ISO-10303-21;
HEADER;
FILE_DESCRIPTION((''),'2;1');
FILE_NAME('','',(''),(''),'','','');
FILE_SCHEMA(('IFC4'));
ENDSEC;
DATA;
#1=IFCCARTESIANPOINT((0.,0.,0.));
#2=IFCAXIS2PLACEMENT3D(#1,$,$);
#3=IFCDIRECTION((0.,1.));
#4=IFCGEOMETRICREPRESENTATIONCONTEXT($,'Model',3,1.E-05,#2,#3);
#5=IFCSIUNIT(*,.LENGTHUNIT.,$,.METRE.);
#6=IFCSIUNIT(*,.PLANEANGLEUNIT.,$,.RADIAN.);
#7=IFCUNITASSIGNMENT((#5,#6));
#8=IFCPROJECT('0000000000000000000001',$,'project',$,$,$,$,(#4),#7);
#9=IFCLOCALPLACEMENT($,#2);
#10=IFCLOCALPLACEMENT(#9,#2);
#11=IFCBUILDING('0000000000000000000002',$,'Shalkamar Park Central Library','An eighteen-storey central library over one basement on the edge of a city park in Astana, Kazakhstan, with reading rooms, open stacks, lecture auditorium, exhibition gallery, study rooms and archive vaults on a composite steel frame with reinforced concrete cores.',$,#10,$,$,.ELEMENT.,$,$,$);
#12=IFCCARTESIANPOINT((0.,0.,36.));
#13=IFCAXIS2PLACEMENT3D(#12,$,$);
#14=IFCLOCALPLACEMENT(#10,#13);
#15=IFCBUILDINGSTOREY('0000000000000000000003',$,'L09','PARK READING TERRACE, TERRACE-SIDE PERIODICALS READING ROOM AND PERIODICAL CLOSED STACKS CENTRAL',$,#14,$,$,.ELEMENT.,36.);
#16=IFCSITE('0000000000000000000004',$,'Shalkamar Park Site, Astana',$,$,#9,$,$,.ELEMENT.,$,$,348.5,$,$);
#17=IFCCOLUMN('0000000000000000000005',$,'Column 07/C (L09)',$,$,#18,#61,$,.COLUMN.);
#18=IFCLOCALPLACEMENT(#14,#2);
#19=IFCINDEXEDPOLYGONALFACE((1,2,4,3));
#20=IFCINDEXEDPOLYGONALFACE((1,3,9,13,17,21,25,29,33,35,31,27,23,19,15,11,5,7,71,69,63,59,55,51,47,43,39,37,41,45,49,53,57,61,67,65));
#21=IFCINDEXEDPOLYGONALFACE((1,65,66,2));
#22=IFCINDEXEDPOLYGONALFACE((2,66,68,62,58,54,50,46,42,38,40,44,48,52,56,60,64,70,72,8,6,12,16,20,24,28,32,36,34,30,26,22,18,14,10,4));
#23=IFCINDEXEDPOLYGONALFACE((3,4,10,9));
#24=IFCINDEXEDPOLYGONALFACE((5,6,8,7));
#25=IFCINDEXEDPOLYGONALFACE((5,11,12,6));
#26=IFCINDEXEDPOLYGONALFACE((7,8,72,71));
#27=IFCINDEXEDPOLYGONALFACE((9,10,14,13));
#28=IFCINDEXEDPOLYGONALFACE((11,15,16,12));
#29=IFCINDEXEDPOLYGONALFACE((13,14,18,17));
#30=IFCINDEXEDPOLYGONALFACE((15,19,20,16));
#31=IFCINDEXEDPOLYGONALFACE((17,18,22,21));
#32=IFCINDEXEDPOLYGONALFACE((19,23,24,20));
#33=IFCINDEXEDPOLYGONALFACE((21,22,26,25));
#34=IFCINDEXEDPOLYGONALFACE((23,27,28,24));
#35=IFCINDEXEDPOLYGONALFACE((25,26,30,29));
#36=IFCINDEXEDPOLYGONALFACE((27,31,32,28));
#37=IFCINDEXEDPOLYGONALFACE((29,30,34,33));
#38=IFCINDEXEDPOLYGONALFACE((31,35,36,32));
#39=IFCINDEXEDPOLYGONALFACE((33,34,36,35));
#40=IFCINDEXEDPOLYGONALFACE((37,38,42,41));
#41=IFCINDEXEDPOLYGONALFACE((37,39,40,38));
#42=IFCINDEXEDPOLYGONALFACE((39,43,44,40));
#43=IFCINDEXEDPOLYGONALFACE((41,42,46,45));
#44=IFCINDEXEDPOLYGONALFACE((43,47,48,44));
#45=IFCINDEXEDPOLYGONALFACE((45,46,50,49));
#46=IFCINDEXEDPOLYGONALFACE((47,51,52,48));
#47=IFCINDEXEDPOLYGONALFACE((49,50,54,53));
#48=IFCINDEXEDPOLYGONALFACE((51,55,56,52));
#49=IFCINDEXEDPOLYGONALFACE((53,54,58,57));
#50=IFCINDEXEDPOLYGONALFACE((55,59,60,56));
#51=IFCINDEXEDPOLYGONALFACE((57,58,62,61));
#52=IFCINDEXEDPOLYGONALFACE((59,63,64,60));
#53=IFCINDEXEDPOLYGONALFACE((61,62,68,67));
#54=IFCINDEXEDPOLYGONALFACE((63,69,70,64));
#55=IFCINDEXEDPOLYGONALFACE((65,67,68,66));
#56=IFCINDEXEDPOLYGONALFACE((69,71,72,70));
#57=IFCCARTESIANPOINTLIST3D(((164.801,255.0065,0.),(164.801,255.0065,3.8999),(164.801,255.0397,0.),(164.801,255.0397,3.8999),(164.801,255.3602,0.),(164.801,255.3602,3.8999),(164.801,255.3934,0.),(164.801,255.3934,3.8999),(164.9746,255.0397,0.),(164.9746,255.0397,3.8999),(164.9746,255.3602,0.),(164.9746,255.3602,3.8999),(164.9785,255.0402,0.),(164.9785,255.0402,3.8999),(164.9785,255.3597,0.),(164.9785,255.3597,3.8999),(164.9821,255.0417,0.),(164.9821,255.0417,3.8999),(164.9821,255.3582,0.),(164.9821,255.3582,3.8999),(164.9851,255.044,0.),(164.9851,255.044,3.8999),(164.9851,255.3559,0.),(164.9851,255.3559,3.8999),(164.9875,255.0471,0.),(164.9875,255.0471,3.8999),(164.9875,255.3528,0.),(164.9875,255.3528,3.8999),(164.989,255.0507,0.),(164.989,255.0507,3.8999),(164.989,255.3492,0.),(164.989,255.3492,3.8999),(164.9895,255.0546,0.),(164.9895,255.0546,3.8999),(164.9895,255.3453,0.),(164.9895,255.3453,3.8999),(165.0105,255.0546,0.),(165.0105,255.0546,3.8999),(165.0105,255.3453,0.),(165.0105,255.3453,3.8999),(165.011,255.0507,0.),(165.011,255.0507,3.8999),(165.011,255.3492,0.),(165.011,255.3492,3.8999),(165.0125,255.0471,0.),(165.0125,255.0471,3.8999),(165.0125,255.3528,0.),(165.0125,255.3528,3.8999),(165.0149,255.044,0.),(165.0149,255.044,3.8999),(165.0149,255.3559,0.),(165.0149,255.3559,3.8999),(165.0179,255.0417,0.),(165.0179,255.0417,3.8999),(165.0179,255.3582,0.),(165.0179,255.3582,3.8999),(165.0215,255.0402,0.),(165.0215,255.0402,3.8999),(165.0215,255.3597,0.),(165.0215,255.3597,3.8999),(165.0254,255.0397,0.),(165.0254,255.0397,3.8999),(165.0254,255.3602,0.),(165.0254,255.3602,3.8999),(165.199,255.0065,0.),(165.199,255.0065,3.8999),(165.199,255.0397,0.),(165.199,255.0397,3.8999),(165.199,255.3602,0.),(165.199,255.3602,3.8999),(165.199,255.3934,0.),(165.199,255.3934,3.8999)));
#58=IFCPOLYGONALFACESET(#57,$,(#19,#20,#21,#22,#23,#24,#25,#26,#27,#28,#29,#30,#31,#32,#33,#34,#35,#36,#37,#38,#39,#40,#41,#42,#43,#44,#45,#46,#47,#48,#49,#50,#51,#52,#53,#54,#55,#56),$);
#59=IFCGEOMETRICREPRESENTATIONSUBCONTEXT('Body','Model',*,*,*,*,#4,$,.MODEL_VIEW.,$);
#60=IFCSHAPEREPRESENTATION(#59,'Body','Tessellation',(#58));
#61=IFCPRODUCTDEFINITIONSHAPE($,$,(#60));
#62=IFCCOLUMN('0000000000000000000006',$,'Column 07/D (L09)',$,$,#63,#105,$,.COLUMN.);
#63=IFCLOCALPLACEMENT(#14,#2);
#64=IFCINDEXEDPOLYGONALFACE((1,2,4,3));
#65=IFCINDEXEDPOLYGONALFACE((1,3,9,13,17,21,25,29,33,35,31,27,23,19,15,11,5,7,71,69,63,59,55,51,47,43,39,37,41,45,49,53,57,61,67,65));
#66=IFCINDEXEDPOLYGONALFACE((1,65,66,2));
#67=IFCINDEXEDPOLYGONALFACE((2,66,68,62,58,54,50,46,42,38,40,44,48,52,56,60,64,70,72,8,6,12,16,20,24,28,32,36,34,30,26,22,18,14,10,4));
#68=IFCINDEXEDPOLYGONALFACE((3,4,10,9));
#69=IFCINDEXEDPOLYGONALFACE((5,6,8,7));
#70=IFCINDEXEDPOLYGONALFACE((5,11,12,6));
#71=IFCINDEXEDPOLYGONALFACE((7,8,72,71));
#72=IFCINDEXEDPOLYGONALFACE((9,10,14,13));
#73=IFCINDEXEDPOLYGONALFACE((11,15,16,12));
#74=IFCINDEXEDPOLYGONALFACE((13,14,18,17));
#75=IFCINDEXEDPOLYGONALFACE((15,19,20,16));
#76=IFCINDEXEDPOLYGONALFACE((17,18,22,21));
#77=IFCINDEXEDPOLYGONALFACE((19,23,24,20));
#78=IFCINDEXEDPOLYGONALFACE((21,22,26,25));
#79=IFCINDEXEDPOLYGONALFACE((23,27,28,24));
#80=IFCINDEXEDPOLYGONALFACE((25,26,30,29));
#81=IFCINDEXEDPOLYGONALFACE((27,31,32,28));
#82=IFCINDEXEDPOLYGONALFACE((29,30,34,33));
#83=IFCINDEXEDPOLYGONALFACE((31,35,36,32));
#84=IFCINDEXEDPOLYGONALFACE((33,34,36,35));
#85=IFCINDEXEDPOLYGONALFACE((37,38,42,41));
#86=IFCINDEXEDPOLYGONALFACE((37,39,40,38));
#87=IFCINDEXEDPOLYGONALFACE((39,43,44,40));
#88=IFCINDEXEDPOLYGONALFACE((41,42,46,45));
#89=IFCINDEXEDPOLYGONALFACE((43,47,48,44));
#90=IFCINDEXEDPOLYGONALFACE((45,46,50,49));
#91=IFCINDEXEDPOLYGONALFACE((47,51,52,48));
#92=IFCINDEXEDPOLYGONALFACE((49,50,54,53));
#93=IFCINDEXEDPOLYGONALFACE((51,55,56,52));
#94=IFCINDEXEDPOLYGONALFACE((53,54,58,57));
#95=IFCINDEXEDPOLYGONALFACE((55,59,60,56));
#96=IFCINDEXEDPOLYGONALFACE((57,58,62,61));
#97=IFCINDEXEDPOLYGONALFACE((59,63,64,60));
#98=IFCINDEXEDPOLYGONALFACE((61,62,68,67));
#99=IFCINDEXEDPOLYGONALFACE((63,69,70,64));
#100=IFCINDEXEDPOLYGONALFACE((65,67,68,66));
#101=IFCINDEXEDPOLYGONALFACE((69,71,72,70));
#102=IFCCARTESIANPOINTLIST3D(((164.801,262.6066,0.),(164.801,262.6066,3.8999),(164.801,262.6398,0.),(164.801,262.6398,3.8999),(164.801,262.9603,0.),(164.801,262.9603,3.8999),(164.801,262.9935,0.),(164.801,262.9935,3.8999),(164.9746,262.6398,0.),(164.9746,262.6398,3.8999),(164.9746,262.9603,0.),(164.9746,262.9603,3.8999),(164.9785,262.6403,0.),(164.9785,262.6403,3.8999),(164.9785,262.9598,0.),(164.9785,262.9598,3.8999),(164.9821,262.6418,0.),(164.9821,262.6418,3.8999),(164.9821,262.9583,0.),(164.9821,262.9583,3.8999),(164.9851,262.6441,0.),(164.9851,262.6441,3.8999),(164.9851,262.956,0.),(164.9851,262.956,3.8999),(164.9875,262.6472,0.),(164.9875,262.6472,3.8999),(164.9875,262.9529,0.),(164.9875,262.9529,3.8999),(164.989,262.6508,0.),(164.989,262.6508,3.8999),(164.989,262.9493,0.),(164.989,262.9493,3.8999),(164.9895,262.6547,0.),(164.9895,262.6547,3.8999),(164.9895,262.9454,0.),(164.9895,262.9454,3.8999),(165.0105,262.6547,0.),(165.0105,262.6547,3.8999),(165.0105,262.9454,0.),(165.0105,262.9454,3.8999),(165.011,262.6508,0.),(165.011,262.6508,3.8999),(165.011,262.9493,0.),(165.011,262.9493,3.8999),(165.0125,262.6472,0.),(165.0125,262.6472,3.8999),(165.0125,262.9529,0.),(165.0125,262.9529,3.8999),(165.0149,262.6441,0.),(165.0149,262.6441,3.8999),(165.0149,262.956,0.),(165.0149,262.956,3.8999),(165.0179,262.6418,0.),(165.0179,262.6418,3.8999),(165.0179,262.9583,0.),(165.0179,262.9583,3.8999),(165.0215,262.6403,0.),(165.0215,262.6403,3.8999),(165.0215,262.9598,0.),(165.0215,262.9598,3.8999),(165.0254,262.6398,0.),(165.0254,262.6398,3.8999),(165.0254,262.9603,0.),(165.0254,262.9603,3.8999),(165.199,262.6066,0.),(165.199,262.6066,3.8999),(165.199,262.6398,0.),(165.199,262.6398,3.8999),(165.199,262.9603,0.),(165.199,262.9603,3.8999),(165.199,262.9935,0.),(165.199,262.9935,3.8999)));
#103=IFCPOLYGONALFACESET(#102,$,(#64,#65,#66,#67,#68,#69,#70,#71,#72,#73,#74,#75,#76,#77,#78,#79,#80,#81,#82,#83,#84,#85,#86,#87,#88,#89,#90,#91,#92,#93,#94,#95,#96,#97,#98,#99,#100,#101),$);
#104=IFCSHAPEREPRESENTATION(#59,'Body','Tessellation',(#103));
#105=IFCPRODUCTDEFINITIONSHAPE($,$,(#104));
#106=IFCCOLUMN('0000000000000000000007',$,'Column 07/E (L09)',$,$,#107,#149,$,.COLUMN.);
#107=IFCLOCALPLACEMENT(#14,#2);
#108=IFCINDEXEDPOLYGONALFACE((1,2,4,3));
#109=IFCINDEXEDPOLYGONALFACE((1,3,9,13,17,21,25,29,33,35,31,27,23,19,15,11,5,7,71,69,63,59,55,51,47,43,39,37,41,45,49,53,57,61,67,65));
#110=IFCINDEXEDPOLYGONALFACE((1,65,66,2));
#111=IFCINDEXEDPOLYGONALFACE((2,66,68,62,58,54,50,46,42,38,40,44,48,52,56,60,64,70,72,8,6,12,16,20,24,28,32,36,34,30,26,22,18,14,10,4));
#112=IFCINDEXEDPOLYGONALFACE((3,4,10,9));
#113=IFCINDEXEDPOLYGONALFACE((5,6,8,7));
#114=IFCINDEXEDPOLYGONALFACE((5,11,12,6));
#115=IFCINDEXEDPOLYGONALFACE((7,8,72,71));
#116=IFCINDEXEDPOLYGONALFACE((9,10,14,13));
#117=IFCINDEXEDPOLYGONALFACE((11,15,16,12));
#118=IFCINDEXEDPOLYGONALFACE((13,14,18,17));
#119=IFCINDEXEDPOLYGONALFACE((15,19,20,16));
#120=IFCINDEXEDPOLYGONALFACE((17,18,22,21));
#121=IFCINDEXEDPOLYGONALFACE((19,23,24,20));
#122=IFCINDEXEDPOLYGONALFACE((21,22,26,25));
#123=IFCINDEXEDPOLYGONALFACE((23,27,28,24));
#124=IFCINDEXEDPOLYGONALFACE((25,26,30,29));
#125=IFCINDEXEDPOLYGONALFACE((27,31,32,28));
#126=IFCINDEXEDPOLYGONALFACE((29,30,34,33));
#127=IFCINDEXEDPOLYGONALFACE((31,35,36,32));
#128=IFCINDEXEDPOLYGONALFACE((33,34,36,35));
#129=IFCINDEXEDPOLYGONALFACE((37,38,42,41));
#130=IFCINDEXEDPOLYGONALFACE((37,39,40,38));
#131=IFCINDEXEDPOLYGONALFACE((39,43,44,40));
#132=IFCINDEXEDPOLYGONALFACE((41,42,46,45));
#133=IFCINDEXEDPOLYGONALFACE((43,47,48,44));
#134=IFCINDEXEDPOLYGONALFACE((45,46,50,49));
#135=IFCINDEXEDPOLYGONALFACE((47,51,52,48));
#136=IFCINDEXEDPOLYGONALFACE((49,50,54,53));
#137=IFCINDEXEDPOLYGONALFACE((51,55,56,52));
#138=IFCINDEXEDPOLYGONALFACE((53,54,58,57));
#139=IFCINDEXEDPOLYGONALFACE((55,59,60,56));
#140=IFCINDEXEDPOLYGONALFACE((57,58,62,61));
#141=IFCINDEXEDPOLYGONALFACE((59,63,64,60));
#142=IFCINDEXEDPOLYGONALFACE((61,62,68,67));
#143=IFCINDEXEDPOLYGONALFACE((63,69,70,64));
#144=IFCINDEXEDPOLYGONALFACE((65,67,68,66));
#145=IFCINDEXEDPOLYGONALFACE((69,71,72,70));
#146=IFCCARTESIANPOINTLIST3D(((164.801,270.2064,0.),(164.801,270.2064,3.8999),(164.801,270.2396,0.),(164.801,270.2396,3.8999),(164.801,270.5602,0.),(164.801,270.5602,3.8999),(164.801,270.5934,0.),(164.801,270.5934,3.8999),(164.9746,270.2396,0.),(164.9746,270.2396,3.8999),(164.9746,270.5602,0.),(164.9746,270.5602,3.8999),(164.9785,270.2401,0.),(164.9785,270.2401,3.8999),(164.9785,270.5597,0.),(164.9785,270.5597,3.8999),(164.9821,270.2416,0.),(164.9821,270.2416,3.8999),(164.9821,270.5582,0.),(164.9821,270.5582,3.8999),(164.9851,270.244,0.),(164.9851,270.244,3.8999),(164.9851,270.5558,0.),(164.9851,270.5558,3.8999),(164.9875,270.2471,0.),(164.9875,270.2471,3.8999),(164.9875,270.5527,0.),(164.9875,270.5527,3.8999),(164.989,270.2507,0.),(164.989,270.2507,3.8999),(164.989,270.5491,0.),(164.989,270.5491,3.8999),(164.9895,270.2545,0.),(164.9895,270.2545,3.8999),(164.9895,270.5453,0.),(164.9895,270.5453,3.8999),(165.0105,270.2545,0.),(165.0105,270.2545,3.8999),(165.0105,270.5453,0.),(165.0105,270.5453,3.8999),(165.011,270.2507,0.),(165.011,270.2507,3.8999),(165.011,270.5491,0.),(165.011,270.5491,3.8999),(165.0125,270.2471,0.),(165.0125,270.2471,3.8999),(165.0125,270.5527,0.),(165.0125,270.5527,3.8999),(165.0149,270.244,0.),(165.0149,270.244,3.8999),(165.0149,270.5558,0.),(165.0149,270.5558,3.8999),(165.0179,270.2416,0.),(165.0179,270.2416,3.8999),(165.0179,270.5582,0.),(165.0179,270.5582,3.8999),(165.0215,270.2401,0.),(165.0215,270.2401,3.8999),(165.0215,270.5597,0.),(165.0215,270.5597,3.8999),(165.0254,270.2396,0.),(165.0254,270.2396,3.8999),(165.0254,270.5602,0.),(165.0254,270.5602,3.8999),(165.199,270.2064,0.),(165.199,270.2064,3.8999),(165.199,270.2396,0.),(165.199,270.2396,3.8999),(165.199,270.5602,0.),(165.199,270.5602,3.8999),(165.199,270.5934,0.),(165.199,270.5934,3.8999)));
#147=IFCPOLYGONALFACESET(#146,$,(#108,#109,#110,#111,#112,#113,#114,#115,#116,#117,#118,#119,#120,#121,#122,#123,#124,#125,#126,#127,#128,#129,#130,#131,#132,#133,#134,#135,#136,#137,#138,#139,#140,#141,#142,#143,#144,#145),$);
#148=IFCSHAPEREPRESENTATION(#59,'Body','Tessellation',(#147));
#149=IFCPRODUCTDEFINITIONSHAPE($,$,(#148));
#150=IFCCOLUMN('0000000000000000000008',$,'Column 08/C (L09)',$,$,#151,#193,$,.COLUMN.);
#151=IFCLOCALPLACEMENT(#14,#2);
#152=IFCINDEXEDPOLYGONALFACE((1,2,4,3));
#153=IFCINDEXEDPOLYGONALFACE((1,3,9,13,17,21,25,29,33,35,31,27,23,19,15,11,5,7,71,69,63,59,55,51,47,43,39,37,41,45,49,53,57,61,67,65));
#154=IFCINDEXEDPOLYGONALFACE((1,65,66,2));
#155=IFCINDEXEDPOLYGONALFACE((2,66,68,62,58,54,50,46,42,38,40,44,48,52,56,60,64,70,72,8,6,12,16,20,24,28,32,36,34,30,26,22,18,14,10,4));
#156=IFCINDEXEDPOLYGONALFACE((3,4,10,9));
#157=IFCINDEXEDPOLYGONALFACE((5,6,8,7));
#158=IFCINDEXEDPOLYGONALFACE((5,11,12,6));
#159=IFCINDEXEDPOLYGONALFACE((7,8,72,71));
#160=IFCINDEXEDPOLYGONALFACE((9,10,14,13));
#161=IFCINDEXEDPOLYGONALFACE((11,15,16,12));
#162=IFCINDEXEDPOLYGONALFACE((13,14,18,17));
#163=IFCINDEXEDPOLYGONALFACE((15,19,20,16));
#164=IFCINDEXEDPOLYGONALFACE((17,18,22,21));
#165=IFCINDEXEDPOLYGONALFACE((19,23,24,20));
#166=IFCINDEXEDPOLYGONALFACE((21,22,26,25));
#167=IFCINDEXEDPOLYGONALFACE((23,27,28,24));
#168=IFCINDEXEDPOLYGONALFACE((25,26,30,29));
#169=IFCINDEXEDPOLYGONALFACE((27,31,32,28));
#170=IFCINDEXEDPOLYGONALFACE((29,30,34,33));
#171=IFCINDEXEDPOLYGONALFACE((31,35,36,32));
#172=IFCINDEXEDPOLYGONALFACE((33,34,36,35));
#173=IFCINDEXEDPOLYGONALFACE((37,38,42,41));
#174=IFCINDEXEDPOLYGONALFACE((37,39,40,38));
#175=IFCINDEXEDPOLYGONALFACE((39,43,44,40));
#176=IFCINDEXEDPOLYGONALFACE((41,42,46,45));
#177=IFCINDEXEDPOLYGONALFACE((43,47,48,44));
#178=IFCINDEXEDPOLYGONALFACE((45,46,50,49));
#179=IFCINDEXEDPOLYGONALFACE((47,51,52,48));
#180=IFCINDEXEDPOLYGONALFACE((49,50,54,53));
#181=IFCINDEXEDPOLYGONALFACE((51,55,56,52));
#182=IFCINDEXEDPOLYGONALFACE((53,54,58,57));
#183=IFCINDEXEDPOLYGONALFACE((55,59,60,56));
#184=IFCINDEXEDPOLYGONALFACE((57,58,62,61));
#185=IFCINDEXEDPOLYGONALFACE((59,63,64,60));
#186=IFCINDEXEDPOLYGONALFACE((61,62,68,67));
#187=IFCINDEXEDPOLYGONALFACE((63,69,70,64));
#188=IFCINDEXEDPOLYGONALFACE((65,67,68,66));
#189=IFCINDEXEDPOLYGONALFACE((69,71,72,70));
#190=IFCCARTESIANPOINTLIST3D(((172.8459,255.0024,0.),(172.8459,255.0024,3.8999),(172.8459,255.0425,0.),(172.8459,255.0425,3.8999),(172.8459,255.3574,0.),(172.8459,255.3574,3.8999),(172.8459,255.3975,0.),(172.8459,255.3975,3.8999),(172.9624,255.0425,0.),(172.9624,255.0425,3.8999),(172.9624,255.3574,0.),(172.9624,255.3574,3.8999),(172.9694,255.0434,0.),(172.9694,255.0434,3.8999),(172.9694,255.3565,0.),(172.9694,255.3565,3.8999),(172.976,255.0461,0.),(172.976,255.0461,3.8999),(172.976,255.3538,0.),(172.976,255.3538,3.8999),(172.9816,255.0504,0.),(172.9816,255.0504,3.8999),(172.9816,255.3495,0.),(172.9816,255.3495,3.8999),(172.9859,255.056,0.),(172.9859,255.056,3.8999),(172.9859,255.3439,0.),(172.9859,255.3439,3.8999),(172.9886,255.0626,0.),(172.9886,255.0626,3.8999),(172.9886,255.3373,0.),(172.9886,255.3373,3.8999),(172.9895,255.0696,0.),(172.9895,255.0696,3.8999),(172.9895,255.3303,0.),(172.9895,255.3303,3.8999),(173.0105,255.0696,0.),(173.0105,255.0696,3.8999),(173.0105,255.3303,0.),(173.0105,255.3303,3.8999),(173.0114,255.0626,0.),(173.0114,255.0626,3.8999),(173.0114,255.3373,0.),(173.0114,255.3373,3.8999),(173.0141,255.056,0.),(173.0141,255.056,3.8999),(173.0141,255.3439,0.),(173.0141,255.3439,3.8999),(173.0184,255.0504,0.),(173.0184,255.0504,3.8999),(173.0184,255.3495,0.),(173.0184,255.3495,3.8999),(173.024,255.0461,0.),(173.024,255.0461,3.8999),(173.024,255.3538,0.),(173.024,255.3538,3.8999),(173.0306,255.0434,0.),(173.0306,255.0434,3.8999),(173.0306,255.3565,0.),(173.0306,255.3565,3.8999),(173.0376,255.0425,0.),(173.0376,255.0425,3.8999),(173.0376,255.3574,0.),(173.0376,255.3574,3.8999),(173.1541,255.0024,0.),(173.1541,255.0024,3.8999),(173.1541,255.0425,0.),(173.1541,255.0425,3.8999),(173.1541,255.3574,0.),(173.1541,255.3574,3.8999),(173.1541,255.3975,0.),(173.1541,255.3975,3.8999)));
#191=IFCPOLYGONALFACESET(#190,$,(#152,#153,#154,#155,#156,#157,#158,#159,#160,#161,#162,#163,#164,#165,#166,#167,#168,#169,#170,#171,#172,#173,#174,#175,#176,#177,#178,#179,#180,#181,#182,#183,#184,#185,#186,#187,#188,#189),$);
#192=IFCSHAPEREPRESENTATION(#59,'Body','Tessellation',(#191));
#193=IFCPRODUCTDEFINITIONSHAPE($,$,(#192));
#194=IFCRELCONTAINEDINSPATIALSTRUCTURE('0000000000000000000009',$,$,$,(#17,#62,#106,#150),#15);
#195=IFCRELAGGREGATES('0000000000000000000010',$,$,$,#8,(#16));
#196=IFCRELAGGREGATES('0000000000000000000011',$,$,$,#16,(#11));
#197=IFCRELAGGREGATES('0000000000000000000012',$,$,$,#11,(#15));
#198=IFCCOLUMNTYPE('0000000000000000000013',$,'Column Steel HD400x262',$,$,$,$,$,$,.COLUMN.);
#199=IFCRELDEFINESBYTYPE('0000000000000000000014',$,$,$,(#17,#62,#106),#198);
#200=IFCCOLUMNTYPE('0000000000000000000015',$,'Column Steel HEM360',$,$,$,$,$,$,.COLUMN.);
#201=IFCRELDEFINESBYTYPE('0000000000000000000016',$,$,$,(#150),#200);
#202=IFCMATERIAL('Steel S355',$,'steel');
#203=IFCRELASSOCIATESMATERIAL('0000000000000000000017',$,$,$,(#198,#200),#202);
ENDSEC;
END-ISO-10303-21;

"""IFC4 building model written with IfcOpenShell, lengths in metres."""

from ifc_helpers import new_model, si_unit, direction, frame, origin, origin_2d, place, context, subcontext, project, spatial, i_section, extrude, material, material_profile, profile_set, type_object, element, save


model = new_model("IFC4")

# Units and contexts
model_context = context("Model", 3, precision=1e-05, world=origin(), true_north=direction((0.0, 1.0)))
body_context = subcontext(model_context, "Body", "Model", "MODEL_VIEW")
ifc_project = project(units=[si_unit("LENGTHUNIT", "METRE"), si_unit("PLANEANGLEUNIT", "RADIAN")], contexts=[model_context])

# Site, building, storey
site_placement = place(None, origin())
site = spatial("IfcSite", under=ifc_project, at=site_placement, Name="Shalkamar Park Site, Astana", CompositionType="ELEMENT", RefElevation=348.5)
building_placement = place(site_placement, origin())
building = spatial("IfcBuilding", under=site, at=building_placement, Name="Shalkamar Park Central Library", Description="An eighteen-storey central library over one basement on the edge of a city park in Astana, Kazakhstan, with reading rooms, open stacks, lecture auditorium, exhibition gallery, study rooms and archive vaults on a composite steel frame with reinforced concrete cores.", CompositionType="ELEMENT")
storey_placement = place(building_placement, frame((0.0, 0.0, 36.0)))
storey = spatial("IfcBuildingStorey", under=building, at=storey_placement, Name="L09", Description="PARK READING TERRACE, TERRACE-SIDE PERIODICALS READING ROOM AND PERIODICAL CLOSED STACKS CENTRAL", CompositionType="ELEMENT", Elevation=36.0)

# Columns
ifc_material_1 = material(Name="Steel S355", Category="steel")
ifc_material_profile_1 = material_profile(ifc_material_1, i_section(OverallWidth=0.3979, OverallDepth=0.387, WebThickness=0.021, FlangeThickness=0.0332, FilletRadius=0.0149, at=origin_2d()), Name="HD 400x262")
ifc_profile_set_1 = profile_set([ifc_material_profile_1], Name="Steel S355")
column_type_1 = type_object("IfcColumnType", Name="Column Steel HD400x262", PredefinedType="COLUMN", material=ifc_profile_set_1)
for number, where, z_axis, x_axis, name in (
    (1, (165.0, 255.2, 0.0), (0.0, 0.0, 1.0), (1.0, 0.0, 0.0), "Column 07/C (L09)"),
    (2, (165.0, 262.8, 0.0), (0.0, 0.0, 1.0), (1.0, 0.0, 0.0), "Column 07/D (L09)"),
    (3, (165.0, 270.3999, 0.0), (0.0, 0.0, 1.0), (1.0, 0.0, 0.0), "Column 07/E (L09)"),
):
    element("IfcColumn", number, at=place(storey_placement, frame(where, z_axis=z_axis, x_axis=x_axis)), inside=storey, type_object=column_type_1, Name=name, PredefinedType="COLUMN", context=body_context, shape_type="SweptSolid", body=[
        extrude(i_section(OverallWidth=0.3979, OverallDepth=0.387, WebThickness=0.021, FlangeThickness=0.0332, FilletRadius=0.0149, at=origin_2d()), origin(), (0.0, 0.0, 1.0), 3.8999),
    ])
ifc_material_profile_2 = material_profile(ifc_material_1, i_section(OverallWidth=0.3081, OverallDepth=0.395, WebThickness=0.021, FlangeThickness=0.04, FilletRadius=0.0271, at=origin_2d()), Name="HEM 360")
ifc_profile_set_2 = profile_set([ifc_material_profile_2], Name="Steel S355")
column_type_2 = type_object("IfcColumnType", Name="Column Steel HEM360", PredefinedType="COLUMN", material=ifc_profile_set_2)
for number, where, z_axis, x_axis, name in (
    (4, (173.0, 255.2, 0.0), (0.0, 0.0, 1.0), (1.0, 0.0, 0.0), "Column 08/C (L09)"),
):
    element("IfcColumn", number, at=place(storey_placement, frame(where, z_axis=z_axis, x_axis=x_axis)), inside=storey, type_object=column_type_2, Name=name, PredefinedType="COLUMN", context=body_context, shape_type="SweptSolid", body=[
        extrude(i_section(OverallWidth=0.3081, OverallDepth=0.395, WebThickness=0.021, FlangeThickness=0.04, FilletRadius=0.0271, at=origin_2d()), origin(), (0.0, 0.0, 1.0), 3.8999),
    ])

save(model, "model.ifc")
